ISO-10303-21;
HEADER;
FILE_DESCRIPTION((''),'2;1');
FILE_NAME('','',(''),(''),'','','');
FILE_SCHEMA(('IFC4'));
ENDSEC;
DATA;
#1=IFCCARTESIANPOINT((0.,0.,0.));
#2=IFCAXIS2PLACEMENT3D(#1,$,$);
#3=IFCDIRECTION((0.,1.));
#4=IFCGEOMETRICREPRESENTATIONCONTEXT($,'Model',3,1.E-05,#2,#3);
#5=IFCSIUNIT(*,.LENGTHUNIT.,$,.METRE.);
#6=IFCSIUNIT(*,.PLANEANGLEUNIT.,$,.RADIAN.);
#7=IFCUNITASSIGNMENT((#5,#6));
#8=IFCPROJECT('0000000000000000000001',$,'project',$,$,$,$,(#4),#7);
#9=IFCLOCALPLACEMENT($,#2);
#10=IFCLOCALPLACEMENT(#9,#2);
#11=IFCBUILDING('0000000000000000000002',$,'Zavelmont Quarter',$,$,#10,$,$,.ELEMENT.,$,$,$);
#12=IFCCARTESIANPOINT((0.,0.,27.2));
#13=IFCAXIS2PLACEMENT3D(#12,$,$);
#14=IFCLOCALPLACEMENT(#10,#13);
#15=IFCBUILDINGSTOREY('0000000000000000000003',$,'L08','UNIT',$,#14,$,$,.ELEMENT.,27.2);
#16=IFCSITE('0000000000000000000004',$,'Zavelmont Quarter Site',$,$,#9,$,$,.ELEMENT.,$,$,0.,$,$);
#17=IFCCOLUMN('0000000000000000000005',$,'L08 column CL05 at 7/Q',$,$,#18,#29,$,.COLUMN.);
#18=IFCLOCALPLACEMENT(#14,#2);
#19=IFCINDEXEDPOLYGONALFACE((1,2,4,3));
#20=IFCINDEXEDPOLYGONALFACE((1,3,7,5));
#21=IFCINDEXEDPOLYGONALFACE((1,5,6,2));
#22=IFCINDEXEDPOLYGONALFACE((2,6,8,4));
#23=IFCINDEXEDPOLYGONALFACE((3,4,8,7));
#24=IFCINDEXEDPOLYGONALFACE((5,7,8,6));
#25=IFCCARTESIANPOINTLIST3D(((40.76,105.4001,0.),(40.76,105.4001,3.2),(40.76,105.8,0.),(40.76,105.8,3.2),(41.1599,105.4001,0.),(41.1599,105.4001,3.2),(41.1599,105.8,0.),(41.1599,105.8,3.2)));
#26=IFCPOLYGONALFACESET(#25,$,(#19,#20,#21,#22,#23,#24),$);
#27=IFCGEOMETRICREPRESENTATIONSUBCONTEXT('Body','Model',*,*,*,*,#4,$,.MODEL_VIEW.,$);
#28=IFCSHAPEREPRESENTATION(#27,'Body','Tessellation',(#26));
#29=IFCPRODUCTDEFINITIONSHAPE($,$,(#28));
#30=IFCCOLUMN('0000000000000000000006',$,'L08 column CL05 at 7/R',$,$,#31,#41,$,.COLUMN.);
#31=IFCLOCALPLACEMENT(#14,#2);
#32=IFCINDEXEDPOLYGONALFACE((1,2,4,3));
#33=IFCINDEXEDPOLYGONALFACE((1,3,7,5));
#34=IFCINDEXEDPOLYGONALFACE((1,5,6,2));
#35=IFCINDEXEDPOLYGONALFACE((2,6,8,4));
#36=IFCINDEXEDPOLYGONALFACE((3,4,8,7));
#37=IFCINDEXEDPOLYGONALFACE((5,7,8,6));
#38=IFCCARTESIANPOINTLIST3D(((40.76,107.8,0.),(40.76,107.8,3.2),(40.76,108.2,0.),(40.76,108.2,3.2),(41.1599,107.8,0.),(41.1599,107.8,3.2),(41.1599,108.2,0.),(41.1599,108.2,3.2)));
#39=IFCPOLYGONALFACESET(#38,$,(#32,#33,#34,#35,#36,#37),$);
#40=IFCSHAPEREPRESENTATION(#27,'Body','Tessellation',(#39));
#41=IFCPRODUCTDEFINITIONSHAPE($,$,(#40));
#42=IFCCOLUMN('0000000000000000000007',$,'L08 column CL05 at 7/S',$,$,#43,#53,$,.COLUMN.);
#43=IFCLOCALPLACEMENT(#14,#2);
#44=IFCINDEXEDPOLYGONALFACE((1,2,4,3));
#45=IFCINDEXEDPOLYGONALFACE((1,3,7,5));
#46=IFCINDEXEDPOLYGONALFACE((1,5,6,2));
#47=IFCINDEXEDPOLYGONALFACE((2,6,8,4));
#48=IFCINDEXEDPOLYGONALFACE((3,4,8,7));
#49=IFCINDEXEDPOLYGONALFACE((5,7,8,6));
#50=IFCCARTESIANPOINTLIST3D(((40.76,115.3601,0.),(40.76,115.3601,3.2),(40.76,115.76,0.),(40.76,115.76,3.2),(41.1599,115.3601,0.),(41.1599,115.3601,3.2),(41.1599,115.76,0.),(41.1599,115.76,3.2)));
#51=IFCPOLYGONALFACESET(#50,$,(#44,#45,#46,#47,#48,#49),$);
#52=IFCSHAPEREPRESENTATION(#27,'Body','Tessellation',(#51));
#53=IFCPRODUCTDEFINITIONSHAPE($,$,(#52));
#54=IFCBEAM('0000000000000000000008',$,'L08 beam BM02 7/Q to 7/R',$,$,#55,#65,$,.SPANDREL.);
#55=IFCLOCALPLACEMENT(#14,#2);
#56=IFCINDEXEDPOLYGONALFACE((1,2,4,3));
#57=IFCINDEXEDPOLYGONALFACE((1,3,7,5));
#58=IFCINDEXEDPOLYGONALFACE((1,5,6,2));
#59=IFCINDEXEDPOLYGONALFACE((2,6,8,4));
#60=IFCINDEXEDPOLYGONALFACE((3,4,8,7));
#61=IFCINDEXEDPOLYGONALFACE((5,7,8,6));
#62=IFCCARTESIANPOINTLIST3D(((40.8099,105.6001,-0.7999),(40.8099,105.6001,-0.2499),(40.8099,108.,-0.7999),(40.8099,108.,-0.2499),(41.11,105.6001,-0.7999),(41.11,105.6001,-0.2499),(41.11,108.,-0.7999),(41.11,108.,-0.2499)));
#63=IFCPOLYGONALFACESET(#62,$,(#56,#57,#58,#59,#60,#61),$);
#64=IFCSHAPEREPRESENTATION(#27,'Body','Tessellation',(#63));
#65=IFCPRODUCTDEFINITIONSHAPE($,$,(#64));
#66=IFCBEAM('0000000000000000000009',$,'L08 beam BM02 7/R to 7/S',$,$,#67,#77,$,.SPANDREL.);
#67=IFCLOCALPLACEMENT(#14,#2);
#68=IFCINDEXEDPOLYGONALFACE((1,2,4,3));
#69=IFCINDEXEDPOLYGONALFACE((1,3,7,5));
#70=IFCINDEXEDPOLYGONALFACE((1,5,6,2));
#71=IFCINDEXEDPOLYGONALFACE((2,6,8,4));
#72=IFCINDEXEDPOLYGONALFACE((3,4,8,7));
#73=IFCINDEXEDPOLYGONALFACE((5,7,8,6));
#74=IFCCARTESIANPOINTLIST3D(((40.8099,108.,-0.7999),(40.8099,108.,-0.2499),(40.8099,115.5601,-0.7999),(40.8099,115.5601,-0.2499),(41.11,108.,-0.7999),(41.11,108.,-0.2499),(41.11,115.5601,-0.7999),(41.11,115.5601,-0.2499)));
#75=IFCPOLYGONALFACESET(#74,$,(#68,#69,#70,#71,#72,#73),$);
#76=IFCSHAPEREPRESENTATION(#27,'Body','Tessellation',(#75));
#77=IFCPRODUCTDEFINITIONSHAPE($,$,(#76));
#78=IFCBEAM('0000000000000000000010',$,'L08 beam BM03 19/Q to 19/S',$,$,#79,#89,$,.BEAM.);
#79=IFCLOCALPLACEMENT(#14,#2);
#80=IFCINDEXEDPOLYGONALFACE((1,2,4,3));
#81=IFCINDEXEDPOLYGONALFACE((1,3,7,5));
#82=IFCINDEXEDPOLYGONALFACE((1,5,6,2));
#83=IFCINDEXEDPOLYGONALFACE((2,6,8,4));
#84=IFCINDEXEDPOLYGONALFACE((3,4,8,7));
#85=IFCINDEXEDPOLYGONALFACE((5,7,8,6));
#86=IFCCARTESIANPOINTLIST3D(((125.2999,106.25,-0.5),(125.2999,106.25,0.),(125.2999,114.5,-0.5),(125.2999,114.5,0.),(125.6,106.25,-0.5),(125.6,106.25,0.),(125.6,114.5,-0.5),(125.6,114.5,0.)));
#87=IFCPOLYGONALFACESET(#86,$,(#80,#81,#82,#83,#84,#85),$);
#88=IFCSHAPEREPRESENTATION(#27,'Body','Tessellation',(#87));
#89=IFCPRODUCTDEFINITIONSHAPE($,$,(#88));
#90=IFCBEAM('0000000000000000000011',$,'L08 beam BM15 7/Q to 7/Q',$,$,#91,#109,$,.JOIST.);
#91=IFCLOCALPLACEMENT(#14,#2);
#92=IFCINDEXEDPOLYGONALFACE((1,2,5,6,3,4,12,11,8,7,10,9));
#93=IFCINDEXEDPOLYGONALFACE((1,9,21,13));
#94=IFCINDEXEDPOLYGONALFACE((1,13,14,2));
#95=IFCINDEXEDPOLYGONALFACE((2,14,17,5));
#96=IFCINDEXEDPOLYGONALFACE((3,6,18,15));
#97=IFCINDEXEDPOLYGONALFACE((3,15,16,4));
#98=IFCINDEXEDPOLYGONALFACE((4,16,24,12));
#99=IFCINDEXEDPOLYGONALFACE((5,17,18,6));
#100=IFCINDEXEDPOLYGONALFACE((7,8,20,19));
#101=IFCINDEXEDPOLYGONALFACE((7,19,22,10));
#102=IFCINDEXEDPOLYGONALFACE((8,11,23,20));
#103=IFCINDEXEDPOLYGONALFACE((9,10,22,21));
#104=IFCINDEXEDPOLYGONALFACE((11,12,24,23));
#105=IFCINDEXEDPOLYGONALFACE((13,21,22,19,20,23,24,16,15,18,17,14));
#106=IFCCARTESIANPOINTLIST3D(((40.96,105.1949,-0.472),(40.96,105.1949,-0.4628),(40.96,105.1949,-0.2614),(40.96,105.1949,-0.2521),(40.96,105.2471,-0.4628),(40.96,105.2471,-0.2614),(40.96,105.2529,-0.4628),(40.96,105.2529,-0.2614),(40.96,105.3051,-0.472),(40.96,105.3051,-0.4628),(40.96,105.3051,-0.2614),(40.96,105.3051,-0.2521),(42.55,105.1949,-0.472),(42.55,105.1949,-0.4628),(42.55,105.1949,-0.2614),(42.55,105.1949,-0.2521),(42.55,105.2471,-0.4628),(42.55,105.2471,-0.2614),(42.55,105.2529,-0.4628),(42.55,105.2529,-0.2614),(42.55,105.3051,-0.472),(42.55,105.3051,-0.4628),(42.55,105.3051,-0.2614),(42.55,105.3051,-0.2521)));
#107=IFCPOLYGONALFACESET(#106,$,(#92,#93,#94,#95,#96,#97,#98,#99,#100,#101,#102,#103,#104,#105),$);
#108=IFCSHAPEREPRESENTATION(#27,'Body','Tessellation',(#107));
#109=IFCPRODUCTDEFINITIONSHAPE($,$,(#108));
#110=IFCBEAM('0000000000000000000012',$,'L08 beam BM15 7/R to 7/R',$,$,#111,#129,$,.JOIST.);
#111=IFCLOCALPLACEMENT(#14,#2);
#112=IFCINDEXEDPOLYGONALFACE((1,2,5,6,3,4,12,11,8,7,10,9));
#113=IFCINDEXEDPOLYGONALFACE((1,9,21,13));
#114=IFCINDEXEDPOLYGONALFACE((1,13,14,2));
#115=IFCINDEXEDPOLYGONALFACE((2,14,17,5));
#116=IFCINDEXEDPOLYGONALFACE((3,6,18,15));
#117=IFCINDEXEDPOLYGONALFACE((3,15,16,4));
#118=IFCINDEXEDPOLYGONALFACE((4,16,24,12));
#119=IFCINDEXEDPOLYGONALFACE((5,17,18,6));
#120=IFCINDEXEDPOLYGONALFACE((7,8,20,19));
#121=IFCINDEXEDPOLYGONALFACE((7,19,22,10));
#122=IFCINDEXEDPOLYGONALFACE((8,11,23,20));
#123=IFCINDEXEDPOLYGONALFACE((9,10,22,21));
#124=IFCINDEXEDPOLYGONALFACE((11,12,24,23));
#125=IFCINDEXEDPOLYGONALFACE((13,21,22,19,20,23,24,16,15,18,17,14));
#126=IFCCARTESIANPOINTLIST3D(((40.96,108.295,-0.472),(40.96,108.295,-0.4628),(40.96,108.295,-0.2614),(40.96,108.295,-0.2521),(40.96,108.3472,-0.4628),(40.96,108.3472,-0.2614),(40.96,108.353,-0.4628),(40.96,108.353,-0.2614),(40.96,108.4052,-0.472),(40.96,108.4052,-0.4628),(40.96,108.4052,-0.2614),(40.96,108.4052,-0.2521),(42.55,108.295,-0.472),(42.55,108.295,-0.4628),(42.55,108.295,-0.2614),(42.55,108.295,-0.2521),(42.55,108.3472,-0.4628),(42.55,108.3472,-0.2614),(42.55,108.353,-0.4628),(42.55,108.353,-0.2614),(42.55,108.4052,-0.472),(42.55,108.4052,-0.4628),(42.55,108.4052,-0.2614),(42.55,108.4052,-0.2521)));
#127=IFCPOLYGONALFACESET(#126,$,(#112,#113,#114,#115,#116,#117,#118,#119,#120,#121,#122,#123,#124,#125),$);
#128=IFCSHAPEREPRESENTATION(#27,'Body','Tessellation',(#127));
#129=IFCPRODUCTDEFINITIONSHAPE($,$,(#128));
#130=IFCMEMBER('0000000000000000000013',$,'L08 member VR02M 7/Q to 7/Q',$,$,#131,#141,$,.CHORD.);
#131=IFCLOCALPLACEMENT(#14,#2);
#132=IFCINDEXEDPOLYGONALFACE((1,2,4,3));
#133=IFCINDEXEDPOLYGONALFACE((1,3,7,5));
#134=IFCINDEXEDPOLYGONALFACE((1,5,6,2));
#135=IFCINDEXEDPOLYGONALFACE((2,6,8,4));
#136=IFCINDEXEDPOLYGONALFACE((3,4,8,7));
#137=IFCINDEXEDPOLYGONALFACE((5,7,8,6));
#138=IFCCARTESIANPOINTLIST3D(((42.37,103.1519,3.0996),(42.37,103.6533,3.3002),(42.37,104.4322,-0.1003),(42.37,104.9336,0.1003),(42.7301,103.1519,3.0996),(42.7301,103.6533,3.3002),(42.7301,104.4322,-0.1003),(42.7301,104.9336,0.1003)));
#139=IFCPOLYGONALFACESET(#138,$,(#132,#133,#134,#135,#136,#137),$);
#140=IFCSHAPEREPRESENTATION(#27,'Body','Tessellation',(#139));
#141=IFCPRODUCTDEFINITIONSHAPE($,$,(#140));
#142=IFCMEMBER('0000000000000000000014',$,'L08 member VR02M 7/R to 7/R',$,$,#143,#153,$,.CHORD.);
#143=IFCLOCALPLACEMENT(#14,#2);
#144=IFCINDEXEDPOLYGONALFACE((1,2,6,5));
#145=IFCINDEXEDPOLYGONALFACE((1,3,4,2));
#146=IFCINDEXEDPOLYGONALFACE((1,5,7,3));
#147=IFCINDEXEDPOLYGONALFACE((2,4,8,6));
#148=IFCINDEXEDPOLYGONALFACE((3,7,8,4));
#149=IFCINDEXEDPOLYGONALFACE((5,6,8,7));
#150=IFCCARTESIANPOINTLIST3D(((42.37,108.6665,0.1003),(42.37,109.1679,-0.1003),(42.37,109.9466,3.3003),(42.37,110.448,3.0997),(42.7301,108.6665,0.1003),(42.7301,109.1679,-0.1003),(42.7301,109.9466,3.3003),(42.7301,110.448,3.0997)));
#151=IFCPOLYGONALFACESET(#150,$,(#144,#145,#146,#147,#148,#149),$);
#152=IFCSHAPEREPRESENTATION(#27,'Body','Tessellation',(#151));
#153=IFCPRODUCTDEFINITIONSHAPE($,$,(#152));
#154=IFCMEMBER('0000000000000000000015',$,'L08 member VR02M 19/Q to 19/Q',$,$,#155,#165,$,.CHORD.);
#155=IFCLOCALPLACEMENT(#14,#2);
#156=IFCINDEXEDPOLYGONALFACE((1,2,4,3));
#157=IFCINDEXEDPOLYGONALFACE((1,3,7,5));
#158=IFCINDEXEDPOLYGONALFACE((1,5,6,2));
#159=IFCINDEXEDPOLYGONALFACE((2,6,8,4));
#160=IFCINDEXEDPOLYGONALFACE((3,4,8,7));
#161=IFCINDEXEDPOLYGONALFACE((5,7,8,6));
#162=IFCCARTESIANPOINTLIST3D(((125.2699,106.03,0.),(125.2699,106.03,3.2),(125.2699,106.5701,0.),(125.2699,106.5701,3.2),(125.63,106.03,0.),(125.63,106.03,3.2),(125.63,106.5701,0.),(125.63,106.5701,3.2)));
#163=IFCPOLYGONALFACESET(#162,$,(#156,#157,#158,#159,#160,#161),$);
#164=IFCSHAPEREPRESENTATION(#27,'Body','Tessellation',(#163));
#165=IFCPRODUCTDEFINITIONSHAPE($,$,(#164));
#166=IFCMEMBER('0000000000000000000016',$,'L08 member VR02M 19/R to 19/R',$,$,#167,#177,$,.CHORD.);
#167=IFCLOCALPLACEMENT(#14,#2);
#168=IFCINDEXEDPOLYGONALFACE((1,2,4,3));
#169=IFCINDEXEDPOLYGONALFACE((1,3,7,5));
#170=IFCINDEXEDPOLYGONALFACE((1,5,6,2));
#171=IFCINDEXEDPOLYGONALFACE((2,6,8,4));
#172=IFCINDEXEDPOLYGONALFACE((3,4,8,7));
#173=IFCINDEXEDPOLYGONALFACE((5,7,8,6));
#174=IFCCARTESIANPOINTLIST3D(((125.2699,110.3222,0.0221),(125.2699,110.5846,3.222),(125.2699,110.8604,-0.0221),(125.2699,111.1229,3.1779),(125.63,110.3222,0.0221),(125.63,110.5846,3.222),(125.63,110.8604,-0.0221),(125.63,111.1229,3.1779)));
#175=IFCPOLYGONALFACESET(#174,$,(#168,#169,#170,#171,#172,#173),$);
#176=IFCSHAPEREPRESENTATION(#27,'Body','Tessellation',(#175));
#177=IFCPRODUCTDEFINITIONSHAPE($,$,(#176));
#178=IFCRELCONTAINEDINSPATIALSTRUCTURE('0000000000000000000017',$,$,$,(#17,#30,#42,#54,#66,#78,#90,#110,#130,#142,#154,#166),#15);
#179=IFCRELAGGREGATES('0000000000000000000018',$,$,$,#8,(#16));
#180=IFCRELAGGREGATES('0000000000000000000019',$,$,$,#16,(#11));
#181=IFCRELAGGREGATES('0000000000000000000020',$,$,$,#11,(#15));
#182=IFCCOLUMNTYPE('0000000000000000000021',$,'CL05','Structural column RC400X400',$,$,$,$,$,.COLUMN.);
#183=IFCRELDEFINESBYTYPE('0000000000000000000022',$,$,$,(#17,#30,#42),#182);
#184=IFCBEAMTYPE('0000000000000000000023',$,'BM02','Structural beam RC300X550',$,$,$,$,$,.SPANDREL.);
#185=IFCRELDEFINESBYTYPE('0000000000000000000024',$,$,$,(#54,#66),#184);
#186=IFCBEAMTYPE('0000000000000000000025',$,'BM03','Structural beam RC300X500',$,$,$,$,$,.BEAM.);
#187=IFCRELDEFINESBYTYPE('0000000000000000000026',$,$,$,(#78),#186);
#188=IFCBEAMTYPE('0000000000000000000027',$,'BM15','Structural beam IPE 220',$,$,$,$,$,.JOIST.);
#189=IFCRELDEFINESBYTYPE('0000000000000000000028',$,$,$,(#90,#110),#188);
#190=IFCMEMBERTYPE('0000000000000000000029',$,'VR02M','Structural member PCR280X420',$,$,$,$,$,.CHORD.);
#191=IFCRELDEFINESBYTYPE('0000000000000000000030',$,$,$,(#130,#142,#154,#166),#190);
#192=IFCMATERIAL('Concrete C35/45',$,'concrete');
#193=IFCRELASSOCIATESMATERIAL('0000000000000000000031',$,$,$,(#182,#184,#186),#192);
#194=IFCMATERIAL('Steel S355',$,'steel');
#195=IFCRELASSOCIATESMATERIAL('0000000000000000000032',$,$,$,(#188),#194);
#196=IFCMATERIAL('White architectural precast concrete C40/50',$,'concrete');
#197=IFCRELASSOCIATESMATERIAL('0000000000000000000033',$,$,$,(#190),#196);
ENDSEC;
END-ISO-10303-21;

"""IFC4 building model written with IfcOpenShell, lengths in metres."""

from ifc_helpers import new_model, si_unit, direction, frame, origin, origin_2d, place, context, subcontext, project, spatial, rectangle, i_section, extrude, material, material_profile, profile_set, type_object, element, save


model = new_model("IFC4")

# Units and contexts
model_context = context("Model", 3, precision=1e-05, world=origin(), true_north=direction((0.0, 1.0)))
body_context = subcontext(model_context, "Body", "Model", "MODEL_VIEW")
ifc_project = project(units=[si_unit("LENGTHUNIT", "METRE"), si_unit("PLANEANGLEUNIT", "RADIAN")], contexts=[model_context])

# Site, building, storey
site_placement = place(None, origin())
site = spatial("IfcSite", under=ifc_project, at=site_placement, Name="Zavelmont Quarter Site", CompositionType="ELEMENT", RefElevation=0.0)
building_placement = place(site_placement, origin())
building = spatial("IfcBuilding", under=site, at=building_placement, Name="Zavelmont Quarter", CompositionType="ELEMENT")
storey_placement = place(building_placement, frame((0.0, 0.0, 27.2)))
storey = spatial("IfcBuildingStorey", under=building, at=storey_placement, Name="L08", Description="UNIT", CompositionType="ELEMENT", Elevation=27.2)

# Columns
ifc_material_1 = material(Name="Concrete C35/45", Category="concrete")
ifc_material_profile_1 = material_profile(ifc_material_1, rectangle(XDim=0.3999, YDim=0.3999, at=origin_2d()), Name="RC400X400")
ifc_profile_set_1 = profile_set([ifc_material_profile_1], Name="Concrete C35/45")
column_type = type_object("IfcColumnType", Name="CL05", Description="Structural column RC400X400", PredefinedType="COLUMN", material=ifc_profile_set_1)
for number, where, z_axis, x_axis, name in (
    (1, (40.96, 105.6001, 0.0), (0.0, 0.0, 1.0), (1.0, 0.0, 0.0), "L08 column CL05 at 7/Q"),
    (2, (40.96, 108.0, 0.0), (0.0, 0.0, 1.0), (1.0, 0.0, 0.0), "L08 column CL05 at 7/R"),
    (3, (40.96, 115.5601, 0.0), (0.0, 0.0, 1.0), (1.0, 0.0, 0.0), "L08 column CL05 at 7/S"),
):
    element("IfcColumn", number, at=place(storey_placement, frame(where, z_axis=z_axis, x_axis=x_axis)), inside=storey, type_object=column_type, Name=name, PredefinedType="COLUMN", context=body_context, shape_type="SweptSolid", body=[
        extrude(rectangle(XDim=0.3999, YDim=0.3999, at=origin_2d()), origin(), (0.0, 0.0, 1.0), 3.2),
    ])

# Beams
ifc_material_profile_2 = material_profile(ifc_material_1, rectangle(XDim=0.3, YDim=0.55, at=origin_2d()), Name="RC300X550")
ifc_profile_set_2 = profile_set([ifc_material_profile_2], Name="Concrete C35/45")
beam_type_1 = type_object("IfcBeamType", Name="BM02", Description="Structural beam RC300X550", PredefinedType="SPANDREL", material=ifc_profile_set_2)
beam_1_placement = place(storey_placement, frame((40.96, 105.6001, -0.5249), z_axis=(0.0, 1.0, 0.0), x_axis=(-1.0, 0.0, 0.0)))
element("IfcBeam", 4, at=beam_1_placement, inside=storey, type_object=beam_type_1, Name="L08 beam BM02 7/Q to 7/R", PredefinedType="SPANDREL", context=body_context, shape_type="SweptSolid", body=[
    extrude(rectangle(XDim=0.3, YDim=0.55, at=origin_2d()), origin(), (0.0, 0.0, 1.0), 2.3999),
])
beam_2_placement = place(storey_placement, frame((40.96, 108.0, -0.5249), z_axis=(0.0, 1.0, 0.0), x_axis=(-1.0, 0.0, 0.0)))
element("IfcBeam", 5, at=beam_2_placement, inside=storey, type_object=beam_type_1, Name="L08 beam BM02 7/R to 7/S", PredefinedType="SPANDREL", context=body_context, shape_type="SweptSolid", body=[
    extrude(rectangle(XDim=0.3, YDim=0.55, at=origin_2d()), origin(), (0.0, 0.0, 1.0), 7.5601),
])
ifc_material_profile_3 = material_profile(ifc_material_1, rectangle(XDim=0.3, YDim=0.5, at=origin_2d()), Name="RC300X500")
ifc_profile_set_3 = profile_set([ifc_material_profile_3], Name="Concrete C35/45")
beam_type_2 = type_object("IfcBeamType", Name="BM03", Description="Structural beam RC300X500", PredefinedType="BEAM", material=ifc_profile_set_3)
beam_3_placement = place(storey_placement, frame((125.45, 106.25, -0.25), z_axis=(0.0, 1.0, 0.0), x_axis=(-1.0, 0.0, 0.0)))
element("IfcBeam", 6, at=beam_3_placement, inside=storey, type_object=beam_type_2, Name="L08 beam BM03 19/Q to 19/S", PredefinedType="BEAM", context=body_context, shape_type="SweptSolid", body=[
    extrude(rectangle(XDim=0.3, YDim=0.5, at=origin_2d()), origin(), (0.0, 0.0, 1.0), 8.25),
])
ifc_material_2 = material(Name="Steel S355", Category="steel")
ifc_material_profile_4 = material_profile(ifc_material_2, i_section(OverallWidth=0.1101, OverallDepth=0.22, WebThickness=0.0059, FlangeThickness=0.0093, at=origin_2d()), Name="IPE 220")
ifc_profile_set_4 = profile_set([ifc_material_profile_4], Name="Steel S355")
beam_type_3 = type_object("IfcBeamType", Name="BM15", Description="Structural beam IPE 220", PredefinedType="JOIST", material=ifc_profile_set_4)
for number, where, z_axis, x_axis, name in (
    (7, (40.96, 105.25, -0.3621), (1.0, 0.0, 0.0), (0.0, 1.0, 0.0), "L08 beam BM15 7/Q to 7/Q"),
    (8, (40.96, 108.3501, -0.3621), (1.0, 0.0, 0.0), (0.0, 1.0, 0.0), "L08 beam BM15 7/R to 7/R"),
):
    element("IfcBeam", number, at=place(storey_placement, frame(where, z_axis=z_axis, x_axis=x_axis)), inside=storey, type_object=beam_type_3, Name=name, PredefinedType="JOIST", context=body_context, shape_type="SweptSolid", body=[
        extrude(i_section(OverallWidth=0.1101, OverallDepth=0.22, WebThickness=0.0059, FlangeThickness=0.0093, at=origin_2d()), origin(), (0.0, 0.0, 1.0), 1.5901),
    ])

# Members
ifc_material_3 = material(Name="White architectural precast concrete C40/50", Category="concrete")
ifc_material_profile_5 = material_profile(ifc_material_3, rectangle(XDim=0.3601, YDim=0.54, at=origin_2d()), Name="PCR280X420")
ifc_profile_set_5 = profile_set([ifc_material_profile_5], Name="White architectural precast concrete C40/50")
member_type = type_object("IfcMemberType", Name="VR02M", Description="Structural member PCR280X420", PredefinedType="CHORD", material=ifc_profile_set_5)
for number, where, z_axis, x_axis, name in (
    (9, (42.55, 104.6829, 0.0), (0.0, -0.371464, 0.928447), (1.0, 0.0, 0.0), "L08 member VR02M 7/Q to 7/Q"),
    (10, (42.55, 108.9172, 0.0), (0.0, 0.371403, 0.928472), (-1.0, 0.0, 0.0), "L08 member VR02M 7/R to 7/R"),
):
    element("IfcMember", number, at=place(storey_placement, frame(where, z_axis=z_axis, x_axis=x_axis)), inside=storey, type_object=member_type, Name=name, PredefinedType="CHORD", context=body_context, shape_type="SweptSolid", body=[
        extrude(rectangle(XDim=0.3601, YDim=0.54, at=origin_2d()), origin(), (0.0, 0.0, 1.0), 3.4465),
    ])
member_1_placement = place(storey_placement, frame((125.45, 106.3, 0.0), z_axis=(0.0, 0.0, 1.0), x_axis=(1.0, 0.0, 0.0)))
element("IfcMember", 11, at=member_1_placement, inside=storey, type_object=member_type, Name="L08 member VR02M 19/Q to 19/Q", PredefinedType="CHORD", context=body_context, shape_type="SweptSolid", body=[
    extrude(rectangle(XDim=0.3601, YDim=0.54, at=origin_2d()), origin(), (0.0, 0.0, 1.0), 3.2),
])
member_2_placement = place(storey_placement, frame((125.45, 110.5913, 0.0), z_axis=(0.0, 0.081743, 0.996653), x_axis=(-1.0, 0.0, 0.0)))
element("IfcMember", 12, at=member_2_placement, inside=storey, type_object=member_type, Name="L08 member VR02M 19/R to 19/R", PredefinedType="CHORD", context=body_context, shape_type="SweptSolid", body=[
    extrude(rectangle(XDim=0.3601, YDim=0.54, at=origin_2d()), origin(), (0.0, 0.0, 1.0), 3.2107),
])

save(model, "model.ifc")
